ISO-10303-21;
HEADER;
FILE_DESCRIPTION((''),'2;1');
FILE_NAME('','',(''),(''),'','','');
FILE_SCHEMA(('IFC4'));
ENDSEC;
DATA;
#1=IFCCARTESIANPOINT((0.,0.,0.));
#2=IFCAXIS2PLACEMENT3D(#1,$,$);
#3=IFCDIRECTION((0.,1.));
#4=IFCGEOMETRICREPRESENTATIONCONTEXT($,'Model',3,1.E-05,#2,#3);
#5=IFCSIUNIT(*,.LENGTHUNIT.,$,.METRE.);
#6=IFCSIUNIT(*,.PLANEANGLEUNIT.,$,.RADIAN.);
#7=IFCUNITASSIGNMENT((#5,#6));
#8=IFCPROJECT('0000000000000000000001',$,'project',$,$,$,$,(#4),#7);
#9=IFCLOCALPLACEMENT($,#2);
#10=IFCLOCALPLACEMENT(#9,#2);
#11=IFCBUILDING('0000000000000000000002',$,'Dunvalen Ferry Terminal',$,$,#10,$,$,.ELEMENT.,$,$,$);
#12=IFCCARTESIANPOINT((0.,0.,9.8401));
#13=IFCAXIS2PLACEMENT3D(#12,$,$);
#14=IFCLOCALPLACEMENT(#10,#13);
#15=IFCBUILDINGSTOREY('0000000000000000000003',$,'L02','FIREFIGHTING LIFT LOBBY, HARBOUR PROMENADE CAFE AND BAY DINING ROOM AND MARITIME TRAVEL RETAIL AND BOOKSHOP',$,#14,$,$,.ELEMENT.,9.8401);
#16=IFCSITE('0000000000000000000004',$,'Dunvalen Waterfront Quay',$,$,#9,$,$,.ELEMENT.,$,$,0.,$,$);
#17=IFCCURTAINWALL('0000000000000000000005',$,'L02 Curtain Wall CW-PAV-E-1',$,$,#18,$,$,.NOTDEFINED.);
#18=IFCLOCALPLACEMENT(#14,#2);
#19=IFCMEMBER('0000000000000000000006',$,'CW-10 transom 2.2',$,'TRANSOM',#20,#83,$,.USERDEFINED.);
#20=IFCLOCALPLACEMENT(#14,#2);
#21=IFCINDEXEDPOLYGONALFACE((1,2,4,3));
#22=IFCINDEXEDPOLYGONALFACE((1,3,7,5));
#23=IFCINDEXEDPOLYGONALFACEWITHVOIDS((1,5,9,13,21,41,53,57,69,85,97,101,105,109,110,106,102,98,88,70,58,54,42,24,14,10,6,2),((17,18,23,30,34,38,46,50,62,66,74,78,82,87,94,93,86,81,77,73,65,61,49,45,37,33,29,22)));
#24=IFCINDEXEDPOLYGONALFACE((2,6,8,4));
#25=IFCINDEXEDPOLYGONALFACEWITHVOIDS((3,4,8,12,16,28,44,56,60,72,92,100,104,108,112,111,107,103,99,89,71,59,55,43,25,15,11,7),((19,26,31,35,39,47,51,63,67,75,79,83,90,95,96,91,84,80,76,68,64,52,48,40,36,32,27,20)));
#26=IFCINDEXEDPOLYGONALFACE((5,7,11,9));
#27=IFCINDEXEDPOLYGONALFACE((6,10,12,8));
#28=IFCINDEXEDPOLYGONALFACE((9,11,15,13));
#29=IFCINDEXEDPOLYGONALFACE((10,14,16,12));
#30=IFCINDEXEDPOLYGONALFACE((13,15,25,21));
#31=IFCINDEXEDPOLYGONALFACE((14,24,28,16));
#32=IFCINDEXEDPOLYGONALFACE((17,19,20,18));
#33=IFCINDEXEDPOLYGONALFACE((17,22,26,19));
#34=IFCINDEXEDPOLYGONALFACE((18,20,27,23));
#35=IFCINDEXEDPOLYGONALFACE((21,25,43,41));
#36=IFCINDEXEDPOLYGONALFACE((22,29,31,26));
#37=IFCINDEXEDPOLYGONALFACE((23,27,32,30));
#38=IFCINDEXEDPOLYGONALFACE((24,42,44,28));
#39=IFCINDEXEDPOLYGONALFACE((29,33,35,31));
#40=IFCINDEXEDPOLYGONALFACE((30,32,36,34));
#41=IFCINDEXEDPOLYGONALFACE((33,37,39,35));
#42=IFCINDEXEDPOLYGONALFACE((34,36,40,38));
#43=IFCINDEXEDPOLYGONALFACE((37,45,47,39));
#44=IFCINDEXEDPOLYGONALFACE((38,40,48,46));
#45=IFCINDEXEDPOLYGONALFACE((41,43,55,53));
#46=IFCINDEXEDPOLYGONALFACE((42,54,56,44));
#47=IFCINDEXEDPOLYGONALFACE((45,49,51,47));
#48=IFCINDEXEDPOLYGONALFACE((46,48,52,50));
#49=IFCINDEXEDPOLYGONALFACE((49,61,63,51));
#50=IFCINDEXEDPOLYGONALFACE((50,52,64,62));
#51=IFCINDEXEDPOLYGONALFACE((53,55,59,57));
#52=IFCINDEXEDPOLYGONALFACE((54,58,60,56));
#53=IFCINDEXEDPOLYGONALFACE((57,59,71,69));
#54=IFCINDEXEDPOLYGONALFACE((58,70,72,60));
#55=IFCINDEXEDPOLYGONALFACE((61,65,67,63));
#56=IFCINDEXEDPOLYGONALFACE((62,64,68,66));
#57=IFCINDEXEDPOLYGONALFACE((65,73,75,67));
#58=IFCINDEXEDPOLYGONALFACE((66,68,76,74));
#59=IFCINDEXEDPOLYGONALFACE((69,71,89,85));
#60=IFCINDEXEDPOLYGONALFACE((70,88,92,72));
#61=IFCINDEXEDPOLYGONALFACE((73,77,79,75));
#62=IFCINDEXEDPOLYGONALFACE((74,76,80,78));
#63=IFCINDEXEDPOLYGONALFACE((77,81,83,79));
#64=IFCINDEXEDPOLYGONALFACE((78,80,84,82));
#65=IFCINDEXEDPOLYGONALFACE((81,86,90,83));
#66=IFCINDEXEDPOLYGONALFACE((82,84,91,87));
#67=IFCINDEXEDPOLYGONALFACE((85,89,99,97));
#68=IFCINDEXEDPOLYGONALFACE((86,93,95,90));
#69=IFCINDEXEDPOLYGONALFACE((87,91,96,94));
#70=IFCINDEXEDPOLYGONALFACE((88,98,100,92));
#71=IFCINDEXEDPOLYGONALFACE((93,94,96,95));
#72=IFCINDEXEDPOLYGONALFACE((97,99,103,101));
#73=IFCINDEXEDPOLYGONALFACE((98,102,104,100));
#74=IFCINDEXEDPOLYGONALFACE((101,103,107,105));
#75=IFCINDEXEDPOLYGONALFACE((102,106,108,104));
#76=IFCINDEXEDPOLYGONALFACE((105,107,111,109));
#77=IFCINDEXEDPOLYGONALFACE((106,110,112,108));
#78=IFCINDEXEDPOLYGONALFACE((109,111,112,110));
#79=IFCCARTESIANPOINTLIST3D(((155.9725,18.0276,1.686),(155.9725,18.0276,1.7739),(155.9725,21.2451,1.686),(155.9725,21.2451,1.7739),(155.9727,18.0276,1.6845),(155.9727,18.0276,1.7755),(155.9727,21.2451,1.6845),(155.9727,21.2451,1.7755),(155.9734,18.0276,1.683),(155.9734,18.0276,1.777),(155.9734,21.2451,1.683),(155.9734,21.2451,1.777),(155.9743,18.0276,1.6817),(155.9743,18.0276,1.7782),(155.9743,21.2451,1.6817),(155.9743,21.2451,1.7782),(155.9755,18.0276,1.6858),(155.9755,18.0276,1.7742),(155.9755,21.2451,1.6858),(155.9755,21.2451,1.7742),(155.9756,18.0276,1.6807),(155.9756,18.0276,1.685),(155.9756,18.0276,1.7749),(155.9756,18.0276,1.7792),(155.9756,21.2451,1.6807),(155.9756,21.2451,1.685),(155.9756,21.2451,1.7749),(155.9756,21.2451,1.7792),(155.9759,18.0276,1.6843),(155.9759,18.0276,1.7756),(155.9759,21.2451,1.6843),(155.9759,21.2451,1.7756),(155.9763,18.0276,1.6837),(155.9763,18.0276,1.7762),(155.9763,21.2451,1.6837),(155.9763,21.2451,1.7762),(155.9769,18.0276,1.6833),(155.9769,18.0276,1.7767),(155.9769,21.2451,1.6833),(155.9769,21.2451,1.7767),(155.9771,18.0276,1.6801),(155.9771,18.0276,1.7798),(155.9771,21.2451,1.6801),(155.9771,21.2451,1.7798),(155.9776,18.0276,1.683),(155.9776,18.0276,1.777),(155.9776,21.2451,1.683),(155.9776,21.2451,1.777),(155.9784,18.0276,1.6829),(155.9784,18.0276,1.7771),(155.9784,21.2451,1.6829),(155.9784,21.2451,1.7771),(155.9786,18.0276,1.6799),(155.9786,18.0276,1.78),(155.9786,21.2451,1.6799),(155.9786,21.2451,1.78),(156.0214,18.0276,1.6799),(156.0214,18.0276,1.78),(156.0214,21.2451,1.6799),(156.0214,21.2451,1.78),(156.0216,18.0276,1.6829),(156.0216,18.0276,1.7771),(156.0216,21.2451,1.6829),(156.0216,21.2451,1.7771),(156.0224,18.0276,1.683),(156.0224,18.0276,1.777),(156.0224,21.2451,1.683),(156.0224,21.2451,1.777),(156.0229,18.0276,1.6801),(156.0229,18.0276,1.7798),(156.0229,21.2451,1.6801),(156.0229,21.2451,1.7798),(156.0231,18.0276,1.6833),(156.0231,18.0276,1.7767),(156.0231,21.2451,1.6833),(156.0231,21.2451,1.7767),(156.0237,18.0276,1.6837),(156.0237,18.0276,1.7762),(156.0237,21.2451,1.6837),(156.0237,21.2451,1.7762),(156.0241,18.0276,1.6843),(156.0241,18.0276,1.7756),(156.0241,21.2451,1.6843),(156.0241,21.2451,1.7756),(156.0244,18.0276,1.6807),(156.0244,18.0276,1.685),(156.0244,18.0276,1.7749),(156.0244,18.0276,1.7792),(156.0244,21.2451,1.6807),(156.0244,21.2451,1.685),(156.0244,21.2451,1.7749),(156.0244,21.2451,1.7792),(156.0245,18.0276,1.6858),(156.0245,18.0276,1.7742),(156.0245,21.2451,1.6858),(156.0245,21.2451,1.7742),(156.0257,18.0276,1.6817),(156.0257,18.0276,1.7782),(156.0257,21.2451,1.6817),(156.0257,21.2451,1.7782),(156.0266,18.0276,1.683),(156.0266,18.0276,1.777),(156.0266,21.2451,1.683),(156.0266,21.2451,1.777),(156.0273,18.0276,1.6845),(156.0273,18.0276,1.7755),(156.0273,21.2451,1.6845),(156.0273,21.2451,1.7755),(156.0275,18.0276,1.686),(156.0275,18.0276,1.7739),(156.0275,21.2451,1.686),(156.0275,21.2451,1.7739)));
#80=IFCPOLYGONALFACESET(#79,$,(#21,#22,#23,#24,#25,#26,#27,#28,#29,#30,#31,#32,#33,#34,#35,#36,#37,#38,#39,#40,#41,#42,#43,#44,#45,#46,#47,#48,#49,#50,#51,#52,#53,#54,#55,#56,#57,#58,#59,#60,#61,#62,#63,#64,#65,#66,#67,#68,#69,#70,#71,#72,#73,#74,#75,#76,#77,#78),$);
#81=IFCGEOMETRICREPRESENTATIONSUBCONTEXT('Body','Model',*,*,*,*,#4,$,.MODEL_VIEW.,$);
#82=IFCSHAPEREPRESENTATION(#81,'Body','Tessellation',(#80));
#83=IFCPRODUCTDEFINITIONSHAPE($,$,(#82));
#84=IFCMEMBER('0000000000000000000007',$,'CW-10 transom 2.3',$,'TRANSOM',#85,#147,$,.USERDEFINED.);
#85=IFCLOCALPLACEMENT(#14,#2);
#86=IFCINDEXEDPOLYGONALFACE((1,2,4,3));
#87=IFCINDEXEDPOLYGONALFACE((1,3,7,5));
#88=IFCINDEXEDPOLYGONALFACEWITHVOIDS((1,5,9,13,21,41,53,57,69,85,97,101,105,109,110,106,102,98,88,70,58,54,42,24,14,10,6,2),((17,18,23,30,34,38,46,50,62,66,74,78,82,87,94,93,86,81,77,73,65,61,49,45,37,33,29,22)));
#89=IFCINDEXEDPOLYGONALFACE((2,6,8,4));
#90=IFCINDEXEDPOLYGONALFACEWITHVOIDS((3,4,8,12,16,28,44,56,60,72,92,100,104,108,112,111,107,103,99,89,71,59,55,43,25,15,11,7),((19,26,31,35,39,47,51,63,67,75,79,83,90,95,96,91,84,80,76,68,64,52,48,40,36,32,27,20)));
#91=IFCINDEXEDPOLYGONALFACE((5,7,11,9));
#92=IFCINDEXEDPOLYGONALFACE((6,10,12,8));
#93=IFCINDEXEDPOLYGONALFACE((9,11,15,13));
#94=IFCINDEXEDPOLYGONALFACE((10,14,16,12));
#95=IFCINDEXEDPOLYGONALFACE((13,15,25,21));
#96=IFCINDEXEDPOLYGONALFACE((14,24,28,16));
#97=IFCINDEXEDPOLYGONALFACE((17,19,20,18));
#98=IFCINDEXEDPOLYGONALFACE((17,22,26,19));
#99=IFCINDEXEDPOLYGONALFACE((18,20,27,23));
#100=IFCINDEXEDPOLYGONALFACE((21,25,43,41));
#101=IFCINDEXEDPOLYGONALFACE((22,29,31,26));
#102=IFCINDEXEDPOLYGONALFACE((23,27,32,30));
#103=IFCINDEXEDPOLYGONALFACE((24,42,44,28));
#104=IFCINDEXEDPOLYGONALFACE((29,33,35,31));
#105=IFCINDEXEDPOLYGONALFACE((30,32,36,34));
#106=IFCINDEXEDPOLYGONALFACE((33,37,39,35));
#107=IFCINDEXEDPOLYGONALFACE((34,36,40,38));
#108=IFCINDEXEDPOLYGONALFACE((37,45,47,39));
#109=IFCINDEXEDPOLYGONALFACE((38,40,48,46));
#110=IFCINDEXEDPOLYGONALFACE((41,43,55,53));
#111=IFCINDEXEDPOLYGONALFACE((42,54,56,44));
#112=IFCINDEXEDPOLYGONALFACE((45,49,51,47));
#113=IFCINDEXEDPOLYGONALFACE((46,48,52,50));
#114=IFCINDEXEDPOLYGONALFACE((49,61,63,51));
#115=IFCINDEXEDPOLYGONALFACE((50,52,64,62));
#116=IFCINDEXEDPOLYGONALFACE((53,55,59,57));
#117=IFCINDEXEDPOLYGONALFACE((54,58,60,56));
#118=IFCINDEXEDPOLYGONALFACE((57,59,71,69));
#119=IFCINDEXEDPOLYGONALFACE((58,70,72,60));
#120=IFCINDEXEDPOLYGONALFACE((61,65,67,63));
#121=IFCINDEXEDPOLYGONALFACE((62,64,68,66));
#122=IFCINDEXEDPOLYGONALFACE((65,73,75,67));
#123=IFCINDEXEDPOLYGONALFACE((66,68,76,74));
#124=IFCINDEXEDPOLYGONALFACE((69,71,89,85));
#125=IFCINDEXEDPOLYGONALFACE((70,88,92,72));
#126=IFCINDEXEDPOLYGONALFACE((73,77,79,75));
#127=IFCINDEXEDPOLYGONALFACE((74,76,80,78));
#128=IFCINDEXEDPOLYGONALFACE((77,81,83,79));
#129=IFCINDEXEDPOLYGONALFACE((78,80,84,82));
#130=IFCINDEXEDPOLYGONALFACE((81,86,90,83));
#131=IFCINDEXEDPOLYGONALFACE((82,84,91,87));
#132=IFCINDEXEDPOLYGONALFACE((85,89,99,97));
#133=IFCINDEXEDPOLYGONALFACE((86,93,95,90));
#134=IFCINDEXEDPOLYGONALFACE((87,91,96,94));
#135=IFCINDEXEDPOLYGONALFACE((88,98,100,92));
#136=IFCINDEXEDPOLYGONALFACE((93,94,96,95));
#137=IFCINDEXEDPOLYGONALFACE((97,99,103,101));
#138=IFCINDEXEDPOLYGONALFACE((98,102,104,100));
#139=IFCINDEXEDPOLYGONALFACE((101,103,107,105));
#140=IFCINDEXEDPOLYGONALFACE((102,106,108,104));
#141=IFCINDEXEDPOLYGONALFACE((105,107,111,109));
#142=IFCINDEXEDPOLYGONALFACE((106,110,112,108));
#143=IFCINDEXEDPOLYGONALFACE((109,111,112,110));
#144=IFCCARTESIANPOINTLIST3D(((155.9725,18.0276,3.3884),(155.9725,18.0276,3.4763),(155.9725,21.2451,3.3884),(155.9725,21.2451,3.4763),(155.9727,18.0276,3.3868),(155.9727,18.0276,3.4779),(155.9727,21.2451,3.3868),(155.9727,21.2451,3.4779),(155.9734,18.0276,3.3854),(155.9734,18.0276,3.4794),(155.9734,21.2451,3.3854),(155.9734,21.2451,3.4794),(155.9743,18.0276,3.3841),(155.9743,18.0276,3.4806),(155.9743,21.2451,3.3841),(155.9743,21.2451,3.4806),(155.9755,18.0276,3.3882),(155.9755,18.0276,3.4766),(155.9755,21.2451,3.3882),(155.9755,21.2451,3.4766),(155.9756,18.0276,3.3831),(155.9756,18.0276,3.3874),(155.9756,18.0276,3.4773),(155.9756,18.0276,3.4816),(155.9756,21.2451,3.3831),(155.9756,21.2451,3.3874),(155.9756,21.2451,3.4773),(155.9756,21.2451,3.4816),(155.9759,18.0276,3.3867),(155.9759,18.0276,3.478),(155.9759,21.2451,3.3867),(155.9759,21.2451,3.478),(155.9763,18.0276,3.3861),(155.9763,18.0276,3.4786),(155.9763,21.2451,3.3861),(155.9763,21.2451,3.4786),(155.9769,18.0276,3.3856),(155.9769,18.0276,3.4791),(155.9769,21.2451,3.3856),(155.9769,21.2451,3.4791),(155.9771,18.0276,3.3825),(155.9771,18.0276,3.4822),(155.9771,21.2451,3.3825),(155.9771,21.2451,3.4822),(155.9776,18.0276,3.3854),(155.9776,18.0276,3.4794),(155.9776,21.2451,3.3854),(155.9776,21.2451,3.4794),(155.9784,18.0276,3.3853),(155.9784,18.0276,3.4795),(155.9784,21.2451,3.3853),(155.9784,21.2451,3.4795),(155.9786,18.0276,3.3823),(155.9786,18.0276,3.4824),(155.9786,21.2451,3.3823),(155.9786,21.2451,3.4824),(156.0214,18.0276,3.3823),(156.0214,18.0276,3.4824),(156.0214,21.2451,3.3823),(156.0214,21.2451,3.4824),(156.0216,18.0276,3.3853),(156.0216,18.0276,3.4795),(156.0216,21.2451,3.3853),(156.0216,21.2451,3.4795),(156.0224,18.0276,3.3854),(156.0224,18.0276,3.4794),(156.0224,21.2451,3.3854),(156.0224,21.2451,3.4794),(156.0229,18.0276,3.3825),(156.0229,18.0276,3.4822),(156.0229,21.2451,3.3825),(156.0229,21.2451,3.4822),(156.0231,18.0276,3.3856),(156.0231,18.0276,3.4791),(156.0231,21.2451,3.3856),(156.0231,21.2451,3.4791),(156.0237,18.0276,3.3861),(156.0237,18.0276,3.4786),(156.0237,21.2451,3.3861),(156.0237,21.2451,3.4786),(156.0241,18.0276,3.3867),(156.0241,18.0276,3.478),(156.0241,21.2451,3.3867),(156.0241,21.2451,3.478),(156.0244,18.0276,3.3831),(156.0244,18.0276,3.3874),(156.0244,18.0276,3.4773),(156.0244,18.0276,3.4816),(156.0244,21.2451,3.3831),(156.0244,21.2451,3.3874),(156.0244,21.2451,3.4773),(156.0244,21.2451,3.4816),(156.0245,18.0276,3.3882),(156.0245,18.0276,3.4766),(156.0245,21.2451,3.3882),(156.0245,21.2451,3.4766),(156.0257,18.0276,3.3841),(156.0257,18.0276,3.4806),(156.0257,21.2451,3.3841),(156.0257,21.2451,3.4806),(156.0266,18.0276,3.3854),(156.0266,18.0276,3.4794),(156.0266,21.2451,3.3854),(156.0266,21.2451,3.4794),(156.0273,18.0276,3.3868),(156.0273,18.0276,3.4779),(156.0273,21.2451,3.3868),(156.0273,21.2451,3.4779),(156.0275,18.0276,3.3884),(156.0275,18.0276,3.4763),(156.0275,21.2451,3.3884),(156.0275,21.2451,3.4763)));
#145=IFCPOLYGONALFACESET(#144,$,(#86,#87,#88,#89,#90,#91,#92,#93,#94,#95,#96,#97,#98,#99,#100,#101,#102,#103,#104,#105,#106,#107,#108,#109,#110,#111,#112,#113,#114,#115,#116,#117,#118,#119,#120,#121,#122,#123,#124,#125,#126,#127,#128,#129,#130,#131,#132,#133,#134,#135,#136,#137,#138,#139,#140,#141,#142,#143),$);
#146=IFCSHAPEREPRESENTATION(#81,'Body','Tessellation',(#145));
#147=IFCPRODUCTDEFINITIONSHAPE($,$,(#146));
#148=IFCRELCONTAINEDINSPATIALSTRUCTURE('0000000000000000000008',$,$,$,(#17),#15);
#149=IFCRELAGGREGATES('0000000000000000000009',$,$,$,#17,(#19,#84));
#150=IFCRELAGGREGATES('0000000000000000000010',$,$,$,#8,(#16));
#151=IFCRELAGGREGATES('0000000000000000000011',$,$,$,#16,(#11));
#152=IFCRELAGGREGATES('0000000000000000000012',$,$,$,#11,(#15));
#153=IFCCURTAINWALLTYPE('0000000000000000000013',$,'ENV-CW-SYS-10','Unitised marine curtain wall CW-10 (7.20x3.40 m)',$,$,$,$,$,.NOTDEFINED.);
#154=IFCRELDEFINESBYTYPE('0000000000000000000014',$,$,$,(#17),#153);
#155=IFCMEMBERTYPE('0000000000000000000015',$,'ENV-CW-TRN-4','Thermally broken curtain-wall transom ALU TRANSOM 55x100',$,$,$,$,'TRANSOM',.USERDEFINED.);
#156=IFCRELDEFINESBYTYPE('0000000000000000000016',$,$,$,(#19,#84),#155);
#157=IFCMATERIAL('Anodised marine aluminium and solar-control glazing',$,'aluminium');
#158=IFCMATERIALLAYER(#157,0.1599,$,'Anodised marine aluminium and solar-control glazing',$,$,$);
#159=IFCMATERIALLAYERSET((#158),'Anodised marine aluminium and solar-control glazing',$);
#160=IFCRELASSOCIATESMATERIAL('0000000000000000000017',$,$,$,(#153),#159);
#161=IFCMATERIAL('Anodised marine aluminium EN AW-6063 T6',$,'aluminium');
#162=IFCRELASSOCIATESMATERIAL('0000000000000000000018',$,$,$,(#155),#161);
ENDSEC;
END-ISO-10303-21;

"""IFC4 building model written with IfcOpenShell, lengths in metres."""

from ifc_helpers import new_model, si_unit, direction, frame, origin, origin_2d, place, context, subcontext, project, spatial, hollow_rectangle, extrude, material, layer, layer_set, material_profile, profile_set, type_object, element, aggregate, save


model = new_model("IFC4")

# Units and contexts
model_context = context("Model", 3, precision=1e-05, world=origin(), true_north=direction((0.0, 1.0)))
body_context = subcontext(model_context, "Body", "Model", "MODEL_VIEW")
ifc_project = project(units=[si_unit("LENGTHUNIT", "METRE"), si_unit("PLANEANGLEUNIT", "RADIAN")], contexts=[model_context])

# Site, building, storey
site_placement = place(None, origin())
site = spatial("IfcSite", under=ifc_project, at=site_placement, Name="Dunvalen Waterfront Quay", CompositionType="ELEMENT", RefElevation=0.0)
building_placement = place(site_placement, origin())
building = spatial("IfcBuilding", under=site, at=building_placement, Name="Dunvalen Ferry Terminal", CompositionType="ELEMENT")
storey_placement = place(building_placement, frame((0.0, 0.0, 9.8401)))
storey = spatial("IfcBuildingStorey", under=building, at=storey_placement, Name="L02", Description="FIREFIGHTING LIFT LOBBY, HARBOUR PROMENADE CAFE AND BAY DINING ROOM AND MARITIME TRAVEL RETAIL AND BOOKSHOP", CompositionType="ELEMENT", Elevation=9.8401)

# Curtain wall
ifc_material_1 = material(Name="Anodised marine aluminium and solar-control glazing", Category="aluminium")
ifc_layer_1 = layer(ifc_material_1, 0.1599, Name="Anodised marine aluminium and solar-control glazing")
ifc_layer_set_1 = layer_set([ifc_layer_1], Name="Anodised marine aluminium and solar-control glazing")
curtain_wall_type = type_object("IfcCurtainWallType", Name="ENV-CW-SYS-10", Description="Unitised marine curtain wall CW-10 (7.20x3.40 m)", PredefinedType="NOTDEFINED", material=ifc_layer_set_1)
curtain_wall_1_placement = place(storey_placement, origin())
curtain_wall_1 = element("IfcCurtainWall", 1, at=curtain_wall_1_placement, inside=storey, type_object=curtain_wall_type, Name="L02 Curtain Wall CW-PAV-E-1", PredefinedType="NOTDEFINED")
ifc_material_2 = material(Name="Anodised marine aluminium EN AW-6063 T6", Category="aluminium")

# Members
ifc_material_profile_1 = material_profile(ifc_material_2, hollow_rectangle(XDim=0.0549, YDim=0.1001, WallThickness=0.0029, InnerFilletRadius=0.0029, OuterFilletRadius=0.0061, at=origin_2d()), Name="Anodised marine aluminium EN AW-6063 T6")
ifc_profile_set_1 = profile_set([ifc_material_profile_1], Name="Anodised marine aluminium EN AW-6063 T6")
member_type_1 = type_object("IfcMemberType", Name="ENV-CW-TRN-4", Description="Thermally broken curtain-wall transom ALU TRANSOM 55x100", ElementType="TRANSOM", PredefinedType="USERDEFINED", material=ifc_profile_set_1)
member_1_placement = place(storey_placement, frame((156.0, 18.0276, 1.73), z_axis=(0.0, 1.0, 0.0), x_axis=(-1.0, 0.0, 0.0)))
member_1 = element("IfcMember", 2, at=member_1_placement, type_object=member_type_1, Name="CW-10 transom 2.2", ObjectType="TRANSOM", PredefinedType="USERDEFINED", context=body_context, shape_type="SweptSolid", body=[
    extrude(hollow_rectangle(XDim=0.0549, YDim=0.1001, WallThickness=0.0029, InnerFilletRadius=0.0029, OuterFilletRadius=0.0061, at=origin_2d()), origin(), (0.0, 0.0, 1.0), 3.2175),
])
member_2_placement = place(storey_placement, frame((156.0, 18.0276, 3.4324), z_axis=(0.0, 1.0, 0.0), x_axis=(-1.0, 0.0, 0.0)))
member_2 = element("IfcMember", 3, at=member_2_placement, type_object=member_type_1, Name="CW-10 transom 2.3", ObjectType="TRANSOM", PredefinedType="USERDEFINED", context=body_context, shape_type="SweptSolid", body=[
    extrude(hollow_rectangle(XDim=0.0549, YDim=0.1001, WallThickness=0.0029, InnerFilletRadius=0.0029, OuterFilletRadius=0.0061, at=origin_2d()), origin(), (0.0, 0.0, 1.0), 3.2175),
])

aggregate(curtain_wall_1, [member_1, member_2])

save(model, "model.ifc")
